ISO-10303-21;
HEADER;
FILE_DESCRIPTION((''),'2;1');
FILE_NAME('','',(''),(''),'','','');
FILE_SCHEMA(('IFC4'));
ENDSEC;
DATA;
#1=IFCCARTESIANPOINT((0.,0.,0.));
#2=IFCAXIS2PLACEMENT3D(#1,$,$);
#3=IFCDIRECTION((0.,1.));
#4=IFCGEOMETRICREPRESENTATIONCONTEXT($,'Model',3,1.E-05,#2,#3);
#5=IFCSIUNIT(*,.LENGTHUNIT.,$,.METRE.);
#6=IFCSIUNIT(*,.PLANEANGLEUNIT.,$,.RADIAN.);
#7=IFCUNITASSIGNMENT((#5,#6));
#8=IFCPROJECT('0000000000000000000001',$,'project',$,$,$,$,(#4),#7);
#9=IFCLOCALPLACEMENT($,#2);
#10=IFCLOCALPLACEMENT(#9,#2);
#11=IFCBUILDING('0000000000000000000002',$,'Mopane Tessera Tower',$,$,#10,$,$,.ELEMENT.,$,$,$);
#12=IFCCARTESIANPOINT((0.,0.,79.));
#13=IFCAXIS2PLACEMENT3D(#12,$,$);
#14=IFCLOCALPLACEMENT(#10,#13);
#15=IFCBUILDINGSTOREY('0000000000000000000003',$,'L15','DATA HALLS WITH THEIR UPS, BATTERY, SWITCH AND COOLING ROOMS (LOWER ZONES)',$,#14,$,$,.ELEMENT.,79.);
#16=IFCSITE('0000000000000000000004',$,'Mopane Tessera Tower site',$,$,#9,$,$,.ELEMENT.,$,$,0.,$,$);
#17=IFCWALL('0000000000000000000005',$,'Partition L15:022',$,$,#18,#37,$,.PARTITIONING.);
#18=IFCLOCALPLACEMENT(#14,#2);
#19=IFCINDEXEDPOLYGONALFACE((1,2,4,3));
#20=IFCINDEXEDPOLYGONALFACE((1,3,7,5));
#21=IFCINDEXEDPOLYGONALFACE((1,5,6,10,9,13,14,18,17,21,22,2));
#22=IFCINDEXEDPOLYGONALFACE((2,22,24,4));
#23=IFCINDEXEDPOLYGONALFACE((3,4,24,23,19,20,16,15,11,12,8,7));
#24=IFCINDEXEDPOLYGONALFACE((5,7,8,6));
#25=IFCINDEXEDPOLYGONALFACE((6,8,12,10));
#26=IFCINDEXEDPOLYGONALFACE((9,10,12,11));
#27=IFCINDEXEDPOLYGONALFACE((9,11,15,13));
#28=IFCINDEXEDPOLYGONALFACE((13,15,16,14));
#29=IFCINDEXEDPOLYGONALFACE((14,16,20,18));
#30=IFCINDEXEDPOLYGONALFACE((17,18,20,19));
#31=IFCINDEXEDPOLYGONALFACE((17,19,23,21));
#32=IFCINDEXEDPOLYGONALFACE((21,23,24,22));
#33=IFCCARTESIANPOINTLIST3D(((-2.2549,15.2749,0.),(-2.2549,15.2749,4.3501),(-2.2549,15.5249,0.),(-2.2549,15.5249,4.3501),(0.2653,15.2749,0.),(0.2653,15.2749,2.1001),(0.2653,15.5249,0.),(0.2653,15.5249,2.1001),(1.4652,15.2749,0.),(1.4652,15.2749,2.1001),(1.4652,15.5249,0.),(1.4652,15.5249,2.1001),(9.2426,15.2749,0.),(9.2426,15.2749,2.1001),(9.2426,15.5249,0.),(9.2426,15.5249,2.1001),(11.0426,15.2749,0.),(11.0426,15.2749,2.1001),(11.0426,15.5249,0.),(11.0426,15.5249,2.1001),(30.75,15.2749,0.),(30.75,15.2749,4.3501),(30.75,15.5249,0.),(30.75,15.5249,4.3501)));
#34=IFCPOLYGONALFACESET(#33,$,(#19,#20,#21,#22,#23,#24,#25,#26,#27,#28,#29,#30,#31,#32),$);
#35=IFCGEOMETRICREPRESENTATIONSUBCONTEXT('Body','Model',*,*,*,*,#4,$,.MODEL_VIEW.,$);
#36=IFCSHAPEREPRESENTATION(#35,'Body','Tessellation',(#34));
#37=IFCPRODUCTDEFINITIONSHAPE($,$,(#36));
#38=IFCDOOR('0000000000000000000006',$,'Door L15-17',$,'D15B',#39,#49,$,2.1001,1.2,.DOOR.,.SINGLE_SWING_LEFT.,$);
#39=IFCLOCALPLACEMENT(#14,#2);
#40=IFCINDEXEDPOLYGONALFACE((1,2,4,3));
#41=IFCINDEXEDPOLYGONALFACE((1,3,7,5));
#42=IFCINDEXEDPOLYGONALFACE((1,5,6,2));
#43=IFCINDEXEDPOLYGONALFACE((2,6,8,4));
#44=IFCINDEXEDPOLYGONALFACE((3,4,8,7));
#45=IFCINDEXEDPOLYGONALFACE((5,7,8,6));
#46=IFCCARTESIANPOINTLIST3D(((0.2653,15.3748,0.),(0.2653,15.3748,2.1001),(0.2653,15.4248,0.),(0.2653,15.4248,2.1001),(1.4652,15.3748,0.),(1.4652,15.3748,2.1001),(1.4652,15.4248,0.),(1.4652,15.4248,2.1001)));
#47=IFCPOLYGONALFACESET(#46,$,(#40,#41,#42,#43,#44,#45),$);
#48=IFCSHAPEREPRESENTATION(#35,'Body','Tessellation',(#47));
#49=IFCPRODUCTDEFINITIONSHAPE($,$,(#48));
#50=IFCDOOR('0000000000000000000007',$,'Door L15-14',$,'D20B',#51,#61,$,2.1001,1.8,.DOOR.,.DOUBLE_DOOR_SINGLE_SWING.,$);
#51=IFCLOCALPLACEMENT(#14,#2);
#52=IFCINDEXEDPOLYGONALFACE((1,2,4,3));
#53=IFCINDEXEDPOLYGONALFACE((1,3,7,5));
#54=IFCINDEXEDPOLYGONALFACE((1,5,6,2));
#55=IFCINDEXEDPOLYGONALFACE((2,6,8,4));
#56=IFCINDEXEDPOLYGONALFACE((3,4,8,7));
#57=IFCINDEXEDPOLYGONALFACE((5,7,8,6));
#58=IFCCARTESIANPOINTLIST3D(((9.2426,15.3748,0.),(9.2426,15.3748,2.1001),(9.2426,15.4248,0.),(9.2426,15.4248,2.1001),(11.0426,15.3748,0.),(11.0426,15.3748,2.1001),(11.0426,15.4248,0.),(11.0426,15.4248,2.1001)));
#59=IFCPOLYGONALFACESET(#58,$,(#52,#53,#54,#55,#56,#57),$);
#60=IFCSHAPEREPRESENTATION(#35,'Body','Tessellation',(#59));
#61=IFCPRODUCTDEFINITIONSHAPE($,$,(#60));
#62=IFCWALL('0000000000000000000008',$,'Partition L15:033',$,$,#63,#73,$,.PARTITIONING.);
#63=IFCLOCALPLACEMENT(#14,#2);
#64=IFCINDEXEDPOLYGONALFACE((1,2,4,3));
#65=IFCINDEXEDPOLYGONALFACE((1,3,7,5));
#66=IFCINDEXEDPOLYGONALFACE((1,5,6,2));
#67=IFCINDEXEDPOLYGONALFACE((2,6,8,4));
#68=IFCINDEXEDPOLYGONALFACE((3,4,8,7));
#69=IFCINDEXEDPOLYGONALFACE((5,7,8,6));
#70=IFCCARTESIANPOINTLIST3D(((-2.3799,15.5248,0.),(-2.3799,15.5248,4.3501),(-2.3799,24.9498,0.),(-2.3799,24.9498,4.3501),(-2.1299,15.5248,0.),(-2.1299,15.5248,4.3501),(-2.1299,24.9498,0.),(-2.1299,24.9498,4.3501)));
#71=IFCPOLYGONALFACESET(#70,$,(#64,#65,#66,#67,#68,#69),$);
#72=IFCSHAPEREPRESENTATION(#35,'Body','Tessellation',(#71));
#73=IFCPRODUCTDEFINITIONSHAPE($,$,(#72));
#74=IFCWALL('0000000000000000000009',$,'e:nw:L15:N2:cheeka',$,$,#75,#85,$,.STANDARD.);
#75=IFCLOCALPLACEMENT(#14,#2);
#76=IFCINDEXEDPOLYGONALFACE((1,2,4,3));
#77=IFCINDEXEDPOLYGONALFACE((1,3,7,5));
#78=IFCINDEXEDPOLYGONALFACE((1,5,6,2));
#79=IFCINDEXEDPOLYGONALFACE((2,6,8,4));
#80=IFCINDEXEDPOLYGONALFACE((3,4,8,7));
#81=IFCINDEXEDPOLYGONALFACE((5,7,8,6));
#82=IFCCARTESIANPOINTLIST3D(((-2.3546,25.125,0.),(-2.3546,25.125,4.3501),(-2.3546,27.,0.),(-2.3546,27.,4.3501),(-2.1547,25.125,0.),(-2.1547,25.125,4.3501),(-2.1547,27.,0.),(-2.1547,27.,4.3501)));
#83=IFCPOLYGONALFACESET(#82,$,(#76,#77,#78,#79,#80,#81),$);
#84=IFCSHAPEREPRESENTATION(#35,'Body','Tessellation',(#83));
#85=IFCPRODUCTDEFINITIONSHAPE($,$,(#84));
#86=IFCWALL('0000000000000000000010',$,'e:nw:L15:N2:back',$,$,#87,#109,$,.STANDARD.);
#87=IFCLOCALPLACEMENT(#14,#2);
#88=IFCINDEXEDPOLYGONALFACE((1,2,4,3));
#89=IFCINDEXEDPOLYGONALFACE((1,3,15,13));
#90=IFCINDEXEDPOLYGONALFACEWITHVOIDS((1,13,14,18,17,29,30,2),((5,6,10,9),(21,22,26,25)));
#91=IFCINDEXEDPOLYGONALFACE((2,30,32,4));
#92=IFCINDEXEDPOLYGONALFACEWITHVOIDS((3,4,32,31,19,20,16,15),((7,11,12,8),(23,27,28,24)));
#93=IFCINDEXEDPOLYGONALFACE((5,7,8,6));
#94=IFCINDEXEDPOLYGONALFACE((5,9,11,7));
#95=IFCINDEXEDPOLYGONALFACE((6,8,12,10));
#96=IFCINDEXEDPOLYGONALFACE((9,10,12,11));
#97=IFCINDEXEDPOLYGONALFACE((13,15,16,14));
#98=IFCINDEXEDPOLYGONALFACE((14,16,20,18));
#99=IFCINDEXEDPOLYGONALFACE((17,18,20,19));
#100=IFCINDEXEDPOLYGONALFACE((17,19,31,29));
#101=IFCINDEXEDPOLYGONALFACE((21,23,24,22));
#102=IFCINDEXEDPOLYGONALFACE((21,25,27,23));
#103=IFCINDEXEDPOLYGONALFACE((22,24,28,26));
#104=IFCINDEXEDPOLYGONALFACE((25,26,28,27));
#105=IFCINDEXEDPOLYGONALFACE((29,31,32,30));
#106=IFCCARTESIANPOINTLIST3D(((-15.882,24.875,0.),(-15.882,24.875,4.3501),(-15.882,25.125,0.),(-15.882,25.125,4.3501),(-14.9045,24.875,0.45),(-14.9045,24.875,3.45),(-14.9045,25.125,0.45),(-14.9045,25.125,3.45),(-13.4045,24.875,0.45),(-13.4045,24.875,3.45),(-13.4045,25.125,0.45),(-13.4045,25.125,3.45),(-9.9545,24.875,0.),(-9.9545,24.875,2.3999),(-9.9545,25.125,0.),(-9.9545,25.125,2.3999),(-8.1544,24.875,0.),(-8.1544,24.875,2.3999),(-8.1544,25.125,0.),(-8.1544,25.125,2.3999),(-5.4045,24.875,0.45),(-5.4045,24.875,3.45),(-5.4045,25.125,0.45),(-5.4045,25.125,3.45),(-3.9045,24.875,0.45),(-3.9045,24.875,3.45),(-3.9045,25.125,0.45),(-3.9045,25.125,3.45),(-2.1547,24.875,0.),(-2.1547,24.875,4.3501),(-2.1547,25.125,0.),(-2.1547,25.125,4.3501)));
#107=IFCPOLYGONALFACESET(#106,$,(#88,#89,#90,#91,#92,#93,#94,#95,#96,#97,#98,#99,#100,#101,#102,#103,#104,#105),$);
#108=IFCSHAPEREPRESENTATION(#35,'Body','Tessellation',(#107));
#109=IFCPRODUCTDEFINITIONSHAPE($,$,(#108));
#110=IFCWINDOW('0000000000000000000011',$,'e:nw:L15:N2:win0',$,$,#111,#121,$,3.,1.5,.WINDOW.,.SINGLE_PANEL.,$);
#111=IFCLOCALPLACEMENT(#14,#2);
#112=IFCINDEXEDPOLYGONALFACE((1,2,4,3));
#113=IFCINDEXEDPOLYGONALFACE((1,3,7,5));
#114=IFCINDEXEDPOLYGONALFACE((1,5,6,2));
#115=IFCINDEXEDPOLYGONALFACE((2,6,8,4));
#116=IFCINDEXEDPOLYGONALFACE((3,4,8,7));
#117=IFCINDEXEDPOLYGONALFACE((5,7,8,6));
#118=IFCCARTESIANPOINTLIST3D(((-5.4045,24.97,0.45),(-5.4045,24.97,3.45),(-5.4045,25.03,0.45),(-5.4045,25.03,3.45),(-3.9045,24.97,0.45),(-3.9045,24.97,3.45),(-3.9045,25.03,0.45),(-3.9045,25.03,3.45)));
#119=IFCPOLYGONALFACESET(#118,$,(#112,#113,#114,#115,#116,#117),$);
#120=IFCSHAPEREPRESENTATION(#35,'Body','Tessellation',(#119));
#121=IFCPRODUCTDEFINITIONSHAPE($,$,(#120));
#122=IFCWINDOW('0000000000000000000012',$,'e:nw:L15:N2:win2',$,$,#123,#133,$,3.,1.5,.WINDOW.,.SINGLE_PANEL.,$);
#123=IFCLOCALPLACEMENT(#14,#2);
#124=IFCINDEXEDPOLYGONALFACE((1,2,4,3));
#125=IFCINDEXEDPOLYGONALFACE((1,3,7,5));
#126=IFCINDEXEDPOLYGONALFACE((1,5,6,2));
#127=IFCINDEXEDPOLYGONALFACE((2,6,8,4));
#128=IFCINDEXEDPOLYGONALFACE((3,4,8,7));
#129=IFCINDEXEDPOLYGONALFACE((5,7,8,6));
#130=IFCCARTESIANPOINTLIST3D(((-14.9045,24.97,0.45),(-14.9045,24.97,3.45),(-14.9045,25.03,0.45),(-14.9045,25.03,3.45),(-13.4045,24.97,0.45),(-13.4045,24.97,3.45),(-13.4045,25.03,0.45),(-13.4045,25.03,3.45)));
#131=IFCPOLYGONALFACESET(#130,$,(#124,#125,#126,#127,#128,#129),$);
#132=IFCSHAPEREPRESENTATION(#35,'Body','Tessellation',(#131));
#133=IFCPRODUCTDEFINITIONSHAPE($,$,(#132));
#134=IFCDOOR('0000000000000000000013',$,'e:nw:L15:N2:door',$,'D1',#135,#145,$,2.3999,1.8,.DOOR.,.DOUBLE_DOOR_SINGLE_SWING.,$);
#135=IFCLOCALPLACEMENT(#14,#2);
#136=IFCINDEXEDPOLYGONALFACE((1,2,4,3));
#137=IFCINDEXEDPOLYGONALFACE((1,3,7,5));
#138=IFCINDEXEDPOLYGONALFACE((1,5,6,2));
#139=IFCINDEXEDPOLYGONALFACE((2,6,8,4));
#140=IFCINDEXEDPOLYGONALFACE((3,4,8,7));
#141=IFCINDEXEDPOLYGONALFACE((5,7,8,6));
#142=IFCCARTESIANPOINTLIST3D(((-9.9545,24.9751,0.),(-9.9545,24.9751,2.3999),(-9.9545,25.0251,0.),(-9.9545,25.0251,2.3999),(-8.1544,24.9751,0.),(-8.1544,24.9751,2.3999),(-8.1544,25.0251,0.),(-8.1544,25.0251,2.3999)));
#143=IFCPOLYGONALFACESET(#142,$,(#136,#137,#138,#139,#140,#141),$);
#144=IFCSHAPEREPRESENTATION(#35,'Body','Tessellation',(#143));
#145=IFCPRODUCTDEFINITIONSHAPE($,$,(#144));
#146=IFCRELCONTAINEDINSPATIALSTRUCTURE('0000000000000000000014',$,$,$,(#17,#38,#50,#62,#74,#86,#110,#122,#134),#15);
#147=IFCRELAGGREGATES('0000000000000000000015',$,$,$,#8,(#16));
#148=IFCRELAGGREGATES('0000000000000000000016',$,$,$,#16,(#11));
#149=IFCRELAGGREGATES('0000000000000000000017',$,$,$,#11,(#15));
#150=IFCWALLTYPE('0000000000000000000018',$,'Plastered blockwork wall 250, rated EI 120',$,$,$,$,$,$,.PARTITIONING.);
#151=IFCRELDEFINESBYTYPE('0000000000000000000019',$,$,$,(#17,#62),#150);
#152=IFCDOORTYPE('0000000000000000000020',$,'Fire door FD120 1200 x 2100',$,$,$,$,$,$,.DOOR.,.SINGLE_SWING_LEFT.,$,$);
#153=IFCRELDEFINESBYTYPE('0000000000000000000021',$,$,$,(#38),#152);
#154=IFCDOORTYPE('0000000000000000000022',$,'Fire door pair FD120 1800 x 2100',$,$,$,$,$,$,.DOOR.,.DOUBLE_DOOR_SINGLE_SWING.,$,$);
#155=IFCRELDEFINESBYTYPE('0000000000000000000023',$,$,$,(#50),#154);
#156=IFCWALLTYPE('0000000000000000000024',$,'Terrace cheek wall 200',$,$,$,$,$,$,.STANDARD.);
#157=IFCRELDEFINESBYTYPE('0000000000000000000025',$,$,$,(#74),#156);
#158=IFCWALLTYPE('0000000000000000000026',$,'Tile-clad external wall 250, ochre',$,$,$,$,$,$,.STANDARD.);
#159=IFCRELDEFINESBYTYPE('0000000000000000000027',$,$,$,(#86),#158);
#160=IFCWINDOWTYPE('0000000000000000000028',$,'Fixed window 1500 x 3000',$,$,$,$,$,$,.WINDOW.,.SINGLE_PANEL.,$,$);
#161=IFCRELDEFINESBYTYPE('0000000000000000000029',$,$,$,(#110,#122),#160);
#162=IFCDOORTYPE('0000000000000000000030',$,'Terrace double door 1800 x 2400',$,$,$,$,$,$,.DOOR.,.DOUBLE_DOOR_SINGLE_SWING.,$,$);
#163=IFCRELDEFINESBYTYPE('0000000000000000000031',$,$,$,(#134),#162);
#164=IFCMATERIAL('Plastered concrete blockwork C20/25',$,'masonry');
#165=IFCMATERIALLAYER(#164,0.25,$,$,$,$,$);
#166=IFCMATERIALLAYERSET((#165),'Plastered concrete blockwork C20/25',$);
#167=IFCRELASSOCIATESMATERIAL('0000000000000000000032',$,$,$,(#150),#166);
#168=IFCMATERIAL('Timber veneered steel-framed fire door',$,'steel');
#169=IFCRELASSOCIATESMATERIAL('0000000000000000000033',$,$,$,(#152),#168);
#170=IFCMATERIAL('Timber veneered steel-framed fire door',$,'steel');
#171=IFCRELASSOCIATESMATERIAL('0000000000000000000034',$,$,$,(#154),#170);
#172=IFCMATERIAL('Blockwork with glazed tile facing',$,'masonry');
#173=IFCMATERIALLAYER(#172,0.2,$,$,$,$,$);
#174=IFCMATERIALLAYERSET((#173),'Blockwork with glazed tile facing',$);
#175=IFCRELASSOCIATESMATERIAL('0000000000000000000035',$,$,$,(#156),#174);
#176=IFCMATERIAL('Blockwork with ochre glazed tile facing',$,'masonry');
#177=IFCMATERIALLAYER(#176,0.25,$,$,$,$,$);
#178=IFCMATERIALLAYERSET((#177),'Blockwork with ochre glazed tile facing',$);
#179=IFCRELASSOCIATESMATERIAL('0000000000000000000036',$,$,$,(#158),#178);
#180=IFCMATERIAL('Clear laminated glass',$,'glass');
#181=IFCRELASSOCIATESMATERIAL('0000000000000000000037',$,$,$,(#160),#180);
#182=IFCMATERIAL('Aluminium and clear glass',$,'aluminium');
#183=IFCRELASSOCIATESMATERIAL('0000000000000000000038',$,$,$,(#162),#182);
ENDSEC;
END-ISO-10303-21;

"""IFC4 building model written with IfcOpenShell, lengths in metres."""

from ifc_helpers import new_model, si_unit, direction, frame, frame_2d, origin, place, context, subcontext, project, spatial, rectangle, extrude, material, layer, layer_set, type_object, element, fill, save


model = new_model("IFC4")

# Units and contexts
model_context = context("Model", 3, precision=1e-05, world=origin(), true_north=direction((0.0, 1.0)))
body_context = subcontext(model_context, "Body", "Model", "MODEL_VIEW")
ifc_project = project(units=[si_unit("LENGTHUNIT", "METRE"), si_unit("PLANEANGLEUNIT", "RADIAN")], contexts=[model_context])

# Site, building, storey
site_placement = place(None, origin())
site = spatial("IfcSite", under=ifc_project, at=site_placement, Name="Mopane Tessera Tower site", CompositionType="ELEMENT", RefElevation=0.0)
building_placement = place(site_placement, origin())
building = spatial("IfcBuilding", under=site, at=building_placement, Name="Mopane Tessera Tower", CompositionType="ELEMENT")
storey_placement = place(building_placement, frame((0.0, 0.0, 79.0)))
storey = spatial("IfcBuildingStorey", under=building, at=storey_placement, Name="L15", Description="DATA HALLS WITH THEIR UPS, BATTERY, SWITCH AND COOLING ROOMS (LOWER ZONES)", CompositionType="ELEMENT", Elevation=79.0)

# Wall, openings, doors
ifc_material_1 = material(Name="Plastered concrete blockwork C20/25", Category="masonry")
ifc_layer_1 = layer(ifc_material_1, 0.25)
ifc_layer_set_1 = layer_set([ifc_layer_1], Name="Plastered concrete blockwork C20/25")
wall_type_1 = type_object("IfcWallType", Name="Plastered blockwork wall 250, rated EI 120", PredefinedType="PARTITIONING", material=ifc_layer_set_1)
wall_1_placement = place(storey_placement, frame((-2.2549, 15.3999, 0.0), z_axis=(0.0, 0.0, 1.0), x_axis=(1.0, 0.0, 0.0)))
wall_1 = element("IfcWall", 1, at=wall_1_placement, inside=storey, type_object=wall_type_1, Name="Partition L15:022", PredefinedType="PARTITIONING", context=body_context, shape_type="SweptSolid", body=[
    extrude(rectangle(XDim=33.0049, YDim=0.25, at=frame_2d((16.5024, 0.0))), origin(), (0.0, 0.0, 1.0), 4.3501),
])
opening_1_placement = place(wall_1_placement, frame((11.4976, 0.0, 0.0)))
opening_1 = element("IfcOpeningElement", 2, at=opening_1_placement, cuts=wall_1, PredefinedType="OPENING", context=body_context, shape_type="SweptSolid", body=[
    extrude(rectangle(XDim=1.8, YDim=2.1001, at=frame_2d((0.8999, 1.05))), frame((0.0, 0.137, 0.0), z_axis=(0.0, -1.0, 0.0), x_axis=(1.0, 0.0, 0.0)), (0.0, 0.0, 1.0), 0.2739),
])
opening_2_placement = place(wall_1_placement, frame((2.52, 0.0, 0.0)))
opening_2 = element("IfcOpeningElement", 3, at=opening_2_placement, cuts=wall_1, PredefinedType="OPENING", context=body_context, shape_type="SweptSolid", body=[
    extrude(rectangle(XDim=1.2, YDim=2.1001, at=frame_2d((0.6001, 1.05))), frame((0.0, 0.137, 0.0), z_axis=(0.0, -1.0, 0.0), x_axis=(1.0, 0.0, 0.0)), (0.0, 0.0, 1.0), 0.2739),
])
ifc_material_2 = material(Name="Timber veneered steel-framed fire door", Category="steel")
door_type_1 = type_object("IfcDoorType", Name="Fire door FD120 1200 x 2100", OperationType="SINGLE_SWING_LEFT", PredefinedType="DOOR", material=ifc_material_2)
door_1_placement = place(opening_2_placement, origin())
door_1 = element("IfcDoor", 4, at=door_1_placement, inside=storey, type_object=door_type_1, Name="Door L15-17", ObjectType="D15B", OperationType="SINGLE_SWING_LEFT", OverallHeight=2.1001, OverallWidth=1.2, PredefinedType="DOOR", context=body_context, shape_type="SweptSolid", body=[
    extrude(rectangle(XDim=1.2, YDim=2.1001, at=frame_2d((0.6001, 1.05))), frame((0.0, 0.0249, 0.0), z_axis=(0.0, -1.0, 0.0), x_axis=(1.0, 0.0, 0.0)), (0.0, 0.0, 1.0), 0.05),
])
fill(opening_2, door_1)
ifc_material_3 = material(Name="Timber veneered steel-framed fire door", Category="steel")
door_type_2 = type_object("IfcDoorType", Name="Fire door pair FD120 1800 x 2100", OperationType="DOUBLE_DOOR_SINGLE_SWING", PredefinedType="DOOR", material=ifc_material_3)
door_2_placement = place(opening_1_placement, origin())
door_2 = element("IfcDoor", 5, at=door_2_placement, inside=storey, type_object=door_type_2, Name="Door L15-14", ObjectType="D20B", OperationType="DOUBLE_DOOR_SINGLE_SWING", OverallHeight=2.1001, OverallWidth=1.8, PredefinedType="DOOR", context=body_context, shape_type="SweptSolid", body=[
    extrude(rectangle(XDim=1.8, YDim=2.1001, at=frame_2d((0.8999, 1.05))), frame((0.0, 0.0249, 0.0), z_axis=(0.0, -1.0, 0.0), x_axis=(1.0, 0.0, 0.0)), (0.0, 0.0, 1.0), 0.05),
])
fill(opening_1, door_2)

# Walls
wall_2_placement = place(storey_placement, frame((-2.2549, 15.5249, 0.0), z_axis=(0.0, 0.0, 1.0), x_axis=(0.0, 1.0, 0.0)))
element("IfcWall", 6, at=wall_2_placement, inside=storey, type_object=wall_type_1, Name="Partition L15:033", PredefinedType="PARTITIONING", context=body_context, shape_type="SweptSolid", body=[
    extrude(rectangle(XDim=9.425, YDim=0.25, at=frame_2d((4.7124, 0.0))), origin(), (0.0, 0.0, 1.0), 4.3501),
])
ifc_material_4 = material(Name="Blockwork with glazed tile facing", Category="masonry")
ifc_layer_2 = layer(ifc_material_4, 0.2)
ifc_layer_set_2 = layer_set([ifc_layer_2], Name="Blockwork with glazed tile facing")
wall_type_2 = type_object("IfcWallType", Name="Terrace cheek wall 200", PredefinedType="STANDARD", material=ifc_layer_set_2)
wall_3_placement = place(storey_placement, frame((-2.2546, 27.0, 0.0), z_axis=(0.0, 0.0, 1.0), x_axis=(0.0, -1.0, 0.0)))
element("IfcWall", 7, at=wall_3_placement, inside=storey, type_object=wall_type_2, Name="e:nw:L15:N2:cheeka", PredefinedType="STANDARD", context=body_context, shape_type="SweptSolid", body=[
    extrude(rectangle(XDim=1.875, YDim=0.2, at=frame_2d((0.9375, 0.0))), origin(), (0.0, 0.0, 1.0), 4.3501),
])

# Wall, openings, windows, door
ifc_material_5 = material(Name="Blockwork with ochre glazed tile facing", Category="masonry")
ifc_layer_3 = layer(ifc_material_5, 0.25)
ifc_layer_set_3 = layer_set([ifc_layer_3], Name="Blockwork with ochre glazed tile facing")
wall_type_3 = type_object("IfcWallType", Name="Tile-clad external wall 250, ochre", PredefinedType="STANDARD", material=ifc_layer_set_3)
wall_4_placement = place(storey_placement, frame((-2.1545, 25.0, 0.0), z_axis=(0.0, 0.0, 1.0), x_axis=(-1.0, 0.0, 0.0)))
wall_4 = element("IfcWall", 8, at=wall_4_placement, inside=storey, type_object=wall_type_3, Name="e:nw:L15:N2:back", PredefinedType="STANDARD", context=body_context, shape_type="SweptSolid", body=[
    extrude(rectangle(XDim=13.7273, YDim=0.25, at=frame_2d((6.8638, 0.0))), origin(), (0.0, 0.0, 1.0), 4.3501),
])
opening_3_placement = place(wall_4_placement, frame((1.75, 0.0, 0.45)))
opening_3 = element("IfcOpeningElement", 9, at=opening_3_placement, cuts=wall_4, PredefinedType="OPENING", context=body_context, shape_type="SweptSolid", body=[
    extrude(rectangle(XDim=1.5, YDim=3.0, at=frame_2d((0.75, 1.5))), frame((0.0, 0.137, 0.0), z_axis=(0.0, -1.0, 0.0), x_axis=(1.0, 0.0, 0.0)), (0.0, 0.0, 1.0), 0.2739),
])
opening_4_placement = place(wall_4_placement, frame((6.0, 0.0, 0.0)))
opening_4 = element("IfcOpeningElement", 10, at=opening_4_placement, cuts=wall_4, PredefinedType="OPENING", context=body_context, shape_type="SweptSolid", body=[
    extrude(rectangle(XDim=1.8, YDim=2.3999, at=frame_2d((0.8999, 1.2))), frame((0.0, 0.137, 0.0), z_axis=(0.0, -1.0, 0.0), x_axis=(1.0, 0.0, 0.0)), (0.0, 0.0, 1.0), 0.2739),
])
opening_5_placement = place(wall_4_placement, frame((11.25, 0.0, 0.45)))
opening_5 = element("IfcOpeningElement", 11, at=opening_5_placement, cuts=wall_4, PredefinedType="OPENING", context=body_context, shape_type="SweptSolid", body=[
    extrude(rectangle(XDim=1.5, YDim=3.0, at=frame_2d((0.75, 1.5))), frame((0.0, 0.137, 0.0), z_axis=(0.0, -1.0, 0.0), x_axis=(1.0, 0.0, 0.0)), (0.0, 0.0, 1.0), 0.2739),
])
ifc_material_6 = material(Name="Clear laminated glass", Category="glass")
window_type = type_object("IfcWindowType", Name="Fixed window 1500 x 3000", PartitioningType="SINGLE_PANEL", PredefinedType="WINDOW", material=ifc_material_6)
window_1_placement = place(opening_3_placement, origin())
window_1 = element("IfcWindow", 12, at=window_1_placement, inside=storey, type_object=window_type, Name="e:nw:L15:N2:win0", OverallHeight=3.0, OverallWidth=1.5, PartitioningType="SINGLE_PANEL", PredefinedType="WINDOW", context=body_context, shape_type="SweptSolid", body=[
    extrude(rectangle(XDim=1.5, YDim=3.0, at=frame_2d((0.75, 1.5))), frame((0.0, 0.03, 0.0), z_axis=(0.0, -1.0, 0.0), x_axis=(1.0, 0.0, 0.0)), (0.0, 0.0, 1.0), 0.0601),
])
fill(opening_3, window_1)
window_2_placement = place(opening_5_placement, origin())
window_2 = element("IfcWindow", 13, at=window_2_placement, inside=storey, type_object=window_type, Name="e:nw:L15:N2:win2", OverallHeight=3.0, OverallWidth=1.5, PartitioningType="SINGLE_PANEL", PredefinedType="WINDOW", context=body_context, shape_type="SweptSolid", body=[
    extrude(rectangle(XDim=1.5, YDim=3.0, at=frame_2d((0.75, 1.5))), frame((0.0, 0.03, 0.0), z_axis=(0.0, -1.0, 0.0), x_axis=(1.0, 0.0, 0.0)), (0.0, 0.0, 1.0), 0.0601),
])
fill(opening_5, window_2)
ifc_material_7 = material(Name="Aluminium and clear glass", Category="aluminium")
door_type_3 = type_object("IfcDoorType", Name="Terrace double door 1800 x 2400", OperationType="DOUBLE_DOOR_SINGLE_SWING", PredefinedType="DOOR", material=ifc_material_7)
door_3_placement = place(opening_4_placement, origin())
door_3 = element("IfcDoor", 14, at=door_3_placement, inside=storey, type_object=door_type_3, Name="e:nw:L15:N2:door", ObjectType="D1", OperationType="DOUBLE_DOOR_SINGLE_SWING", OverallHeight=2.3999, OverallWidth=1.8, PredefinedType="DOOR", context=body_context, shape_type="SweptSolid", body=[
    extrude(rectangle(XDim=1.8, YDim=2.3999, at=frame_2d((0.8999, 1.2))), frame((0.0, 0.0249, 0.0), z_axis=(0.0, -1.0, 0.0), x_axis=(1.0, 0.0, 0.0)), (0.0, 0.0, 1.0), 0.05),
])
fill(opening_4, door_3)

save(model, "model.ifc")
